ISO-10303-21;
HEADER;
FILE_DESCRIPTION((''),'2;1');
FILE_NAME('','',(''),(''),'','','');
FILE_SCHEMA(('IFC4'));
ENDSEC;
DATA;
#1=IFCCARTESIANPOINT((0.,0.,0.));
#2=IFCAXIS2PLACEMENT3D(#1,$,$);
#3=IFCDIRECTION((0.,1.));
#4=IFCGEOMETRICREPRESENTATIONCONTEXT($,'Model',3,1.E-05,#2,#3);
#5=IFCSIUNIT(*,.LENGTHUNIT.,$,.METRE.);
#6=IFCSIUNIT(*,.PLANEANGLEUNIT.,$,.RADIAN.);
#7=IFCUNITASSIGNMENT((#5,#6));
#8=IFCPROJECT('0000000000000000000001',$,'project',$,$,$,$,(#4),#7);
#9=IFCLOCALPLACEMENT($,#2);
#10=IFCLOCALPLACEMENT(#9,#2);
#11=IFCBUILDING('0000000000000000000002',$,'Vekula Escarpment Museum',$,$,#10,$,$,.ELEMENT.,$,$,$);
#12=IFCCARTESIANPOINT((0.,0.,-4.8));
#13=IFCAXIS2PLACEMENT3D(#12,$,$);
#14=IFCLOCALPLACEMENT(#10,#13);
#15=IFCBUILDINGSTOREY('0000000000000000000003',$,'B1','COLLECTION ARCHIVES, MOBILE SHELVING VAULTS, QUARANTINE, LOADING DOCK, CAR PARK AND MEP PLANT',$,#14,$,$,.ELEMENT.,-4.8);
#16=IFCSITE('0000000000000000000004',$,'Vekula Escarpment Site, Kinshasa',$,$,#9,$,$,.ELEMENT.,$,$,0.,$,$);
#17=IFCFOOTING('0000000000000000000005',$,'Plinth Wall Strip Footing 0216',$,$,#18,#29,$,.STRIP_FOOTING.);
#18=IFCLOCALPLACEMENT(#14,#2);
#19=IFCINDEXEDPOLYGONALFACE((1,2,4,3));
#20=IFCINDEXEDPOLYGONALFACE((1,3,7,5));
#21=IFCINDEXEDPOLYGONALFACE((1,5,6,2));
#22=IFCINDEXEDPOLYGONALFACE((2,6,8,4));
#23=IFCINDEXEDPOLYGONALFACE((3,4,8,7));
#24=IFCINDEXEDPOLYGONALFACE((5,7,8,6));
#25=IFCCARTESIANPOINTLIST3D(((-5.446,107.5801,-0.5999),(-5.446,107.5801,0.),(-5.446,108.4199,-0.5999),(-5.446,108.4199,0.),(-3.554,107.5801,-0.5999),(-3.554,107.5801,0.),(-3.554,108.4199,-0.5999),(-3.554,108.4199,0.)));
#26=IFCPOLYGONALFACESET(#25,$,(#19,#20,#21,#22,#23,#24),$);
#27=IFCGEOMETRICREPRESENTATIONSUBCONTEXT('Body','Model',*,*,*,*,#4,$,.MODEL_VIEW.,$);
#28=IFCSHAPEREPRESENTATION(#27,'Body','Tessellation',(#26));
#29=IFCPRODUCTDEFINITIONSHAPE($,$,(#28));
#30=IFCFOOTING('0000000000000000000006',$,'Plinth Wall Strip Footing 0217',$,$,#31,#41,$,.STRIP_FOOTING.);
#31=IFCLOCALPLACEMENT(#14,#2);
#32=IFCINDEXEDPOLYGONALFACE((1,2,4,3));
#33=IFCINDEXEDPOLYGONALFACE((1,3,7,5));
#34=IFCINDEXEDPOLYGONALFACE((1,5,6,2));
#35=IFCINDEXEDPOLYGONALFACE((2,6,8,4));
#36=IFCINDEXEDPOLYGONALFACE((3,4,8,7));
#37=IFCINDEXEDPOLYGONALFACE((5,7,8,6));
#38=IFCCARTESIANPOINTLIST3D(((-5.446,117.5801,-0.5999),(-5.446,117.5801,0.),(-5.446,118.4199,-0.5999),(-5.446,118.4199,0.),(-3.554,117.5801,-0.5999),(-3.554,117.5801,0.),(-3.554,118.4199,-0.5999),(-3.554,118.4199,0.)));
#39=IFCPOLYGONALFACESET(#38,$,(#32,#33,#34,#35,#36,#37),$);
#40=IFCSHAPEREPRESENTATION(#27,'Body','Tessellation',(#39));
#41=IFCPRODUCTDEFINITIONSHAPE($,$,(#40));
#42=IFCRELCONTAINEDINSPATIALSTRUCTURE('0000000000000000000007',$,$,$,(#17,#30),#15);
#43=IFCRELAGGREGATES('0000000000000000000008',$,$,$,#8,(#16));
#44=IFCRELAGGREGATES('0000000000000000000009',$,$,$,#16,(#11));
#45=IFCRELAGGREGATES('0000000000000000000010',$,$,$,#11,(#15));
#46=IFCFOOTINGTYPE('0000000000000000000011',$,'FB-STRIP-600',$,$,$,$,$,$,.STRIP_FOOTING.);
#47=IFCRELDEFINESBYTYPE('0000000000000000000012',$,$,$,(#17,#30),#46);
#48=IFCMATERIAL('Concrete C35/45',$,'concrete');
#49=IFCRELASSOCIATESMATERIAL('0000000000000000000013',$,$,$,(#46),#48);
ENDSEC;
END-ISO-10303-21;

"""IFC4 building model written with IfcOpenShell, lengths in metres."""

from ifc_helpers import new_model, si_unit, direction, frame, origin, place, context, subcontext, project, spatial, polyline, outline, extrude, material, type_object, element, save


model = new_model("IFC4")

# Units and contexts
model_context = context("Model", 3, precision=1e-05, world=origin(), true_north=direction((0.0, 1.0)))
body_context = subcontext(model_context, "Body", "Model", "MODEL_VIEW")
ifc_project = project(units=[si_unit("LENGTHUNIT", "METRE"), si_unit("PLANEANGLEUNIT", "RADIAN")], contexts=[model_context])

# Site, building, storey
site_placement = place(None, origin())
site = spatial("IfcSite", under=ifc_project, at=site_placement, Name="Vekula Escarpment Site, Kinshasa", CompositionType="ELEMENT", RefElevation=0.0)
building_placement = place(site_placement, origin())
building = spatial("IfcBuilding", under=site, at=building_placement, Name="Vekula Escarpment Museum", CompositionType="ELEMENT")
storey_placement = place(building_placement, frame((0.0, 0.0, -4.8)))
storey = spatial("IfcBuildingStorey", under=building, at=storey_placement, Name="B1", Description="COLLECTION ARCHIVES, MOBILE SHELVING VAULTS, QUARANTINE, LOADING DOCK, CAR PARK AND MEP PLANT", CompositionType="ELEMENT", Elevation=-4.8)

# Footings
ifc_material = material(Name="Concrete C35/45", Category="concrete")
footing_type = type_object("IfcFootingType", Name="FB-STRIP-600", PredefinedType="STRIP_FOOTING", material=ifc_material)
footing_1_placement = place(storey_placement, frame((0.0, 0.0, -0.5999)))
element("IfcFooting", 1, at=footing_1_placement, inside=storey, type_object=footing_type, Name="Plinth Wall Strip Footing 0216", PredefinedType="STRIP_FOOTING", context=body_context, shape_type="SweptSolid", body=[
    extrude(outline(polyline([(-5.446, 107.5801), (-5.446, 108.4199), (-3.554, 108.4199), (-3.554, 107.5801), (-5.446, 107.5801)])), origin(), (0.0, 0.0, 1.0), 0.5999),
])
footing_2_placement = place(storey_placement, frame((0.0, 0.0, -0.5999)))
element("IfcFooting", 2, at=footing_2_placement, inside=storey, type_object=footing_type, Name="Plinth Wall Strip Footing 0217", PredefinedType="STRIP_FOOTING", context=body_context, shape_type="SweptSolid", body=[
    extrude(outline(polyline([(-5.446, 117.5801), (-5.446, 118.4199), (-3.554, 118.4199), (-3.554, 117.5801), (-5.446, 117.5801)])), origin(), (0.0, 0.0, 1.0), 0.5999),
])

save(model, "model.ifc")
